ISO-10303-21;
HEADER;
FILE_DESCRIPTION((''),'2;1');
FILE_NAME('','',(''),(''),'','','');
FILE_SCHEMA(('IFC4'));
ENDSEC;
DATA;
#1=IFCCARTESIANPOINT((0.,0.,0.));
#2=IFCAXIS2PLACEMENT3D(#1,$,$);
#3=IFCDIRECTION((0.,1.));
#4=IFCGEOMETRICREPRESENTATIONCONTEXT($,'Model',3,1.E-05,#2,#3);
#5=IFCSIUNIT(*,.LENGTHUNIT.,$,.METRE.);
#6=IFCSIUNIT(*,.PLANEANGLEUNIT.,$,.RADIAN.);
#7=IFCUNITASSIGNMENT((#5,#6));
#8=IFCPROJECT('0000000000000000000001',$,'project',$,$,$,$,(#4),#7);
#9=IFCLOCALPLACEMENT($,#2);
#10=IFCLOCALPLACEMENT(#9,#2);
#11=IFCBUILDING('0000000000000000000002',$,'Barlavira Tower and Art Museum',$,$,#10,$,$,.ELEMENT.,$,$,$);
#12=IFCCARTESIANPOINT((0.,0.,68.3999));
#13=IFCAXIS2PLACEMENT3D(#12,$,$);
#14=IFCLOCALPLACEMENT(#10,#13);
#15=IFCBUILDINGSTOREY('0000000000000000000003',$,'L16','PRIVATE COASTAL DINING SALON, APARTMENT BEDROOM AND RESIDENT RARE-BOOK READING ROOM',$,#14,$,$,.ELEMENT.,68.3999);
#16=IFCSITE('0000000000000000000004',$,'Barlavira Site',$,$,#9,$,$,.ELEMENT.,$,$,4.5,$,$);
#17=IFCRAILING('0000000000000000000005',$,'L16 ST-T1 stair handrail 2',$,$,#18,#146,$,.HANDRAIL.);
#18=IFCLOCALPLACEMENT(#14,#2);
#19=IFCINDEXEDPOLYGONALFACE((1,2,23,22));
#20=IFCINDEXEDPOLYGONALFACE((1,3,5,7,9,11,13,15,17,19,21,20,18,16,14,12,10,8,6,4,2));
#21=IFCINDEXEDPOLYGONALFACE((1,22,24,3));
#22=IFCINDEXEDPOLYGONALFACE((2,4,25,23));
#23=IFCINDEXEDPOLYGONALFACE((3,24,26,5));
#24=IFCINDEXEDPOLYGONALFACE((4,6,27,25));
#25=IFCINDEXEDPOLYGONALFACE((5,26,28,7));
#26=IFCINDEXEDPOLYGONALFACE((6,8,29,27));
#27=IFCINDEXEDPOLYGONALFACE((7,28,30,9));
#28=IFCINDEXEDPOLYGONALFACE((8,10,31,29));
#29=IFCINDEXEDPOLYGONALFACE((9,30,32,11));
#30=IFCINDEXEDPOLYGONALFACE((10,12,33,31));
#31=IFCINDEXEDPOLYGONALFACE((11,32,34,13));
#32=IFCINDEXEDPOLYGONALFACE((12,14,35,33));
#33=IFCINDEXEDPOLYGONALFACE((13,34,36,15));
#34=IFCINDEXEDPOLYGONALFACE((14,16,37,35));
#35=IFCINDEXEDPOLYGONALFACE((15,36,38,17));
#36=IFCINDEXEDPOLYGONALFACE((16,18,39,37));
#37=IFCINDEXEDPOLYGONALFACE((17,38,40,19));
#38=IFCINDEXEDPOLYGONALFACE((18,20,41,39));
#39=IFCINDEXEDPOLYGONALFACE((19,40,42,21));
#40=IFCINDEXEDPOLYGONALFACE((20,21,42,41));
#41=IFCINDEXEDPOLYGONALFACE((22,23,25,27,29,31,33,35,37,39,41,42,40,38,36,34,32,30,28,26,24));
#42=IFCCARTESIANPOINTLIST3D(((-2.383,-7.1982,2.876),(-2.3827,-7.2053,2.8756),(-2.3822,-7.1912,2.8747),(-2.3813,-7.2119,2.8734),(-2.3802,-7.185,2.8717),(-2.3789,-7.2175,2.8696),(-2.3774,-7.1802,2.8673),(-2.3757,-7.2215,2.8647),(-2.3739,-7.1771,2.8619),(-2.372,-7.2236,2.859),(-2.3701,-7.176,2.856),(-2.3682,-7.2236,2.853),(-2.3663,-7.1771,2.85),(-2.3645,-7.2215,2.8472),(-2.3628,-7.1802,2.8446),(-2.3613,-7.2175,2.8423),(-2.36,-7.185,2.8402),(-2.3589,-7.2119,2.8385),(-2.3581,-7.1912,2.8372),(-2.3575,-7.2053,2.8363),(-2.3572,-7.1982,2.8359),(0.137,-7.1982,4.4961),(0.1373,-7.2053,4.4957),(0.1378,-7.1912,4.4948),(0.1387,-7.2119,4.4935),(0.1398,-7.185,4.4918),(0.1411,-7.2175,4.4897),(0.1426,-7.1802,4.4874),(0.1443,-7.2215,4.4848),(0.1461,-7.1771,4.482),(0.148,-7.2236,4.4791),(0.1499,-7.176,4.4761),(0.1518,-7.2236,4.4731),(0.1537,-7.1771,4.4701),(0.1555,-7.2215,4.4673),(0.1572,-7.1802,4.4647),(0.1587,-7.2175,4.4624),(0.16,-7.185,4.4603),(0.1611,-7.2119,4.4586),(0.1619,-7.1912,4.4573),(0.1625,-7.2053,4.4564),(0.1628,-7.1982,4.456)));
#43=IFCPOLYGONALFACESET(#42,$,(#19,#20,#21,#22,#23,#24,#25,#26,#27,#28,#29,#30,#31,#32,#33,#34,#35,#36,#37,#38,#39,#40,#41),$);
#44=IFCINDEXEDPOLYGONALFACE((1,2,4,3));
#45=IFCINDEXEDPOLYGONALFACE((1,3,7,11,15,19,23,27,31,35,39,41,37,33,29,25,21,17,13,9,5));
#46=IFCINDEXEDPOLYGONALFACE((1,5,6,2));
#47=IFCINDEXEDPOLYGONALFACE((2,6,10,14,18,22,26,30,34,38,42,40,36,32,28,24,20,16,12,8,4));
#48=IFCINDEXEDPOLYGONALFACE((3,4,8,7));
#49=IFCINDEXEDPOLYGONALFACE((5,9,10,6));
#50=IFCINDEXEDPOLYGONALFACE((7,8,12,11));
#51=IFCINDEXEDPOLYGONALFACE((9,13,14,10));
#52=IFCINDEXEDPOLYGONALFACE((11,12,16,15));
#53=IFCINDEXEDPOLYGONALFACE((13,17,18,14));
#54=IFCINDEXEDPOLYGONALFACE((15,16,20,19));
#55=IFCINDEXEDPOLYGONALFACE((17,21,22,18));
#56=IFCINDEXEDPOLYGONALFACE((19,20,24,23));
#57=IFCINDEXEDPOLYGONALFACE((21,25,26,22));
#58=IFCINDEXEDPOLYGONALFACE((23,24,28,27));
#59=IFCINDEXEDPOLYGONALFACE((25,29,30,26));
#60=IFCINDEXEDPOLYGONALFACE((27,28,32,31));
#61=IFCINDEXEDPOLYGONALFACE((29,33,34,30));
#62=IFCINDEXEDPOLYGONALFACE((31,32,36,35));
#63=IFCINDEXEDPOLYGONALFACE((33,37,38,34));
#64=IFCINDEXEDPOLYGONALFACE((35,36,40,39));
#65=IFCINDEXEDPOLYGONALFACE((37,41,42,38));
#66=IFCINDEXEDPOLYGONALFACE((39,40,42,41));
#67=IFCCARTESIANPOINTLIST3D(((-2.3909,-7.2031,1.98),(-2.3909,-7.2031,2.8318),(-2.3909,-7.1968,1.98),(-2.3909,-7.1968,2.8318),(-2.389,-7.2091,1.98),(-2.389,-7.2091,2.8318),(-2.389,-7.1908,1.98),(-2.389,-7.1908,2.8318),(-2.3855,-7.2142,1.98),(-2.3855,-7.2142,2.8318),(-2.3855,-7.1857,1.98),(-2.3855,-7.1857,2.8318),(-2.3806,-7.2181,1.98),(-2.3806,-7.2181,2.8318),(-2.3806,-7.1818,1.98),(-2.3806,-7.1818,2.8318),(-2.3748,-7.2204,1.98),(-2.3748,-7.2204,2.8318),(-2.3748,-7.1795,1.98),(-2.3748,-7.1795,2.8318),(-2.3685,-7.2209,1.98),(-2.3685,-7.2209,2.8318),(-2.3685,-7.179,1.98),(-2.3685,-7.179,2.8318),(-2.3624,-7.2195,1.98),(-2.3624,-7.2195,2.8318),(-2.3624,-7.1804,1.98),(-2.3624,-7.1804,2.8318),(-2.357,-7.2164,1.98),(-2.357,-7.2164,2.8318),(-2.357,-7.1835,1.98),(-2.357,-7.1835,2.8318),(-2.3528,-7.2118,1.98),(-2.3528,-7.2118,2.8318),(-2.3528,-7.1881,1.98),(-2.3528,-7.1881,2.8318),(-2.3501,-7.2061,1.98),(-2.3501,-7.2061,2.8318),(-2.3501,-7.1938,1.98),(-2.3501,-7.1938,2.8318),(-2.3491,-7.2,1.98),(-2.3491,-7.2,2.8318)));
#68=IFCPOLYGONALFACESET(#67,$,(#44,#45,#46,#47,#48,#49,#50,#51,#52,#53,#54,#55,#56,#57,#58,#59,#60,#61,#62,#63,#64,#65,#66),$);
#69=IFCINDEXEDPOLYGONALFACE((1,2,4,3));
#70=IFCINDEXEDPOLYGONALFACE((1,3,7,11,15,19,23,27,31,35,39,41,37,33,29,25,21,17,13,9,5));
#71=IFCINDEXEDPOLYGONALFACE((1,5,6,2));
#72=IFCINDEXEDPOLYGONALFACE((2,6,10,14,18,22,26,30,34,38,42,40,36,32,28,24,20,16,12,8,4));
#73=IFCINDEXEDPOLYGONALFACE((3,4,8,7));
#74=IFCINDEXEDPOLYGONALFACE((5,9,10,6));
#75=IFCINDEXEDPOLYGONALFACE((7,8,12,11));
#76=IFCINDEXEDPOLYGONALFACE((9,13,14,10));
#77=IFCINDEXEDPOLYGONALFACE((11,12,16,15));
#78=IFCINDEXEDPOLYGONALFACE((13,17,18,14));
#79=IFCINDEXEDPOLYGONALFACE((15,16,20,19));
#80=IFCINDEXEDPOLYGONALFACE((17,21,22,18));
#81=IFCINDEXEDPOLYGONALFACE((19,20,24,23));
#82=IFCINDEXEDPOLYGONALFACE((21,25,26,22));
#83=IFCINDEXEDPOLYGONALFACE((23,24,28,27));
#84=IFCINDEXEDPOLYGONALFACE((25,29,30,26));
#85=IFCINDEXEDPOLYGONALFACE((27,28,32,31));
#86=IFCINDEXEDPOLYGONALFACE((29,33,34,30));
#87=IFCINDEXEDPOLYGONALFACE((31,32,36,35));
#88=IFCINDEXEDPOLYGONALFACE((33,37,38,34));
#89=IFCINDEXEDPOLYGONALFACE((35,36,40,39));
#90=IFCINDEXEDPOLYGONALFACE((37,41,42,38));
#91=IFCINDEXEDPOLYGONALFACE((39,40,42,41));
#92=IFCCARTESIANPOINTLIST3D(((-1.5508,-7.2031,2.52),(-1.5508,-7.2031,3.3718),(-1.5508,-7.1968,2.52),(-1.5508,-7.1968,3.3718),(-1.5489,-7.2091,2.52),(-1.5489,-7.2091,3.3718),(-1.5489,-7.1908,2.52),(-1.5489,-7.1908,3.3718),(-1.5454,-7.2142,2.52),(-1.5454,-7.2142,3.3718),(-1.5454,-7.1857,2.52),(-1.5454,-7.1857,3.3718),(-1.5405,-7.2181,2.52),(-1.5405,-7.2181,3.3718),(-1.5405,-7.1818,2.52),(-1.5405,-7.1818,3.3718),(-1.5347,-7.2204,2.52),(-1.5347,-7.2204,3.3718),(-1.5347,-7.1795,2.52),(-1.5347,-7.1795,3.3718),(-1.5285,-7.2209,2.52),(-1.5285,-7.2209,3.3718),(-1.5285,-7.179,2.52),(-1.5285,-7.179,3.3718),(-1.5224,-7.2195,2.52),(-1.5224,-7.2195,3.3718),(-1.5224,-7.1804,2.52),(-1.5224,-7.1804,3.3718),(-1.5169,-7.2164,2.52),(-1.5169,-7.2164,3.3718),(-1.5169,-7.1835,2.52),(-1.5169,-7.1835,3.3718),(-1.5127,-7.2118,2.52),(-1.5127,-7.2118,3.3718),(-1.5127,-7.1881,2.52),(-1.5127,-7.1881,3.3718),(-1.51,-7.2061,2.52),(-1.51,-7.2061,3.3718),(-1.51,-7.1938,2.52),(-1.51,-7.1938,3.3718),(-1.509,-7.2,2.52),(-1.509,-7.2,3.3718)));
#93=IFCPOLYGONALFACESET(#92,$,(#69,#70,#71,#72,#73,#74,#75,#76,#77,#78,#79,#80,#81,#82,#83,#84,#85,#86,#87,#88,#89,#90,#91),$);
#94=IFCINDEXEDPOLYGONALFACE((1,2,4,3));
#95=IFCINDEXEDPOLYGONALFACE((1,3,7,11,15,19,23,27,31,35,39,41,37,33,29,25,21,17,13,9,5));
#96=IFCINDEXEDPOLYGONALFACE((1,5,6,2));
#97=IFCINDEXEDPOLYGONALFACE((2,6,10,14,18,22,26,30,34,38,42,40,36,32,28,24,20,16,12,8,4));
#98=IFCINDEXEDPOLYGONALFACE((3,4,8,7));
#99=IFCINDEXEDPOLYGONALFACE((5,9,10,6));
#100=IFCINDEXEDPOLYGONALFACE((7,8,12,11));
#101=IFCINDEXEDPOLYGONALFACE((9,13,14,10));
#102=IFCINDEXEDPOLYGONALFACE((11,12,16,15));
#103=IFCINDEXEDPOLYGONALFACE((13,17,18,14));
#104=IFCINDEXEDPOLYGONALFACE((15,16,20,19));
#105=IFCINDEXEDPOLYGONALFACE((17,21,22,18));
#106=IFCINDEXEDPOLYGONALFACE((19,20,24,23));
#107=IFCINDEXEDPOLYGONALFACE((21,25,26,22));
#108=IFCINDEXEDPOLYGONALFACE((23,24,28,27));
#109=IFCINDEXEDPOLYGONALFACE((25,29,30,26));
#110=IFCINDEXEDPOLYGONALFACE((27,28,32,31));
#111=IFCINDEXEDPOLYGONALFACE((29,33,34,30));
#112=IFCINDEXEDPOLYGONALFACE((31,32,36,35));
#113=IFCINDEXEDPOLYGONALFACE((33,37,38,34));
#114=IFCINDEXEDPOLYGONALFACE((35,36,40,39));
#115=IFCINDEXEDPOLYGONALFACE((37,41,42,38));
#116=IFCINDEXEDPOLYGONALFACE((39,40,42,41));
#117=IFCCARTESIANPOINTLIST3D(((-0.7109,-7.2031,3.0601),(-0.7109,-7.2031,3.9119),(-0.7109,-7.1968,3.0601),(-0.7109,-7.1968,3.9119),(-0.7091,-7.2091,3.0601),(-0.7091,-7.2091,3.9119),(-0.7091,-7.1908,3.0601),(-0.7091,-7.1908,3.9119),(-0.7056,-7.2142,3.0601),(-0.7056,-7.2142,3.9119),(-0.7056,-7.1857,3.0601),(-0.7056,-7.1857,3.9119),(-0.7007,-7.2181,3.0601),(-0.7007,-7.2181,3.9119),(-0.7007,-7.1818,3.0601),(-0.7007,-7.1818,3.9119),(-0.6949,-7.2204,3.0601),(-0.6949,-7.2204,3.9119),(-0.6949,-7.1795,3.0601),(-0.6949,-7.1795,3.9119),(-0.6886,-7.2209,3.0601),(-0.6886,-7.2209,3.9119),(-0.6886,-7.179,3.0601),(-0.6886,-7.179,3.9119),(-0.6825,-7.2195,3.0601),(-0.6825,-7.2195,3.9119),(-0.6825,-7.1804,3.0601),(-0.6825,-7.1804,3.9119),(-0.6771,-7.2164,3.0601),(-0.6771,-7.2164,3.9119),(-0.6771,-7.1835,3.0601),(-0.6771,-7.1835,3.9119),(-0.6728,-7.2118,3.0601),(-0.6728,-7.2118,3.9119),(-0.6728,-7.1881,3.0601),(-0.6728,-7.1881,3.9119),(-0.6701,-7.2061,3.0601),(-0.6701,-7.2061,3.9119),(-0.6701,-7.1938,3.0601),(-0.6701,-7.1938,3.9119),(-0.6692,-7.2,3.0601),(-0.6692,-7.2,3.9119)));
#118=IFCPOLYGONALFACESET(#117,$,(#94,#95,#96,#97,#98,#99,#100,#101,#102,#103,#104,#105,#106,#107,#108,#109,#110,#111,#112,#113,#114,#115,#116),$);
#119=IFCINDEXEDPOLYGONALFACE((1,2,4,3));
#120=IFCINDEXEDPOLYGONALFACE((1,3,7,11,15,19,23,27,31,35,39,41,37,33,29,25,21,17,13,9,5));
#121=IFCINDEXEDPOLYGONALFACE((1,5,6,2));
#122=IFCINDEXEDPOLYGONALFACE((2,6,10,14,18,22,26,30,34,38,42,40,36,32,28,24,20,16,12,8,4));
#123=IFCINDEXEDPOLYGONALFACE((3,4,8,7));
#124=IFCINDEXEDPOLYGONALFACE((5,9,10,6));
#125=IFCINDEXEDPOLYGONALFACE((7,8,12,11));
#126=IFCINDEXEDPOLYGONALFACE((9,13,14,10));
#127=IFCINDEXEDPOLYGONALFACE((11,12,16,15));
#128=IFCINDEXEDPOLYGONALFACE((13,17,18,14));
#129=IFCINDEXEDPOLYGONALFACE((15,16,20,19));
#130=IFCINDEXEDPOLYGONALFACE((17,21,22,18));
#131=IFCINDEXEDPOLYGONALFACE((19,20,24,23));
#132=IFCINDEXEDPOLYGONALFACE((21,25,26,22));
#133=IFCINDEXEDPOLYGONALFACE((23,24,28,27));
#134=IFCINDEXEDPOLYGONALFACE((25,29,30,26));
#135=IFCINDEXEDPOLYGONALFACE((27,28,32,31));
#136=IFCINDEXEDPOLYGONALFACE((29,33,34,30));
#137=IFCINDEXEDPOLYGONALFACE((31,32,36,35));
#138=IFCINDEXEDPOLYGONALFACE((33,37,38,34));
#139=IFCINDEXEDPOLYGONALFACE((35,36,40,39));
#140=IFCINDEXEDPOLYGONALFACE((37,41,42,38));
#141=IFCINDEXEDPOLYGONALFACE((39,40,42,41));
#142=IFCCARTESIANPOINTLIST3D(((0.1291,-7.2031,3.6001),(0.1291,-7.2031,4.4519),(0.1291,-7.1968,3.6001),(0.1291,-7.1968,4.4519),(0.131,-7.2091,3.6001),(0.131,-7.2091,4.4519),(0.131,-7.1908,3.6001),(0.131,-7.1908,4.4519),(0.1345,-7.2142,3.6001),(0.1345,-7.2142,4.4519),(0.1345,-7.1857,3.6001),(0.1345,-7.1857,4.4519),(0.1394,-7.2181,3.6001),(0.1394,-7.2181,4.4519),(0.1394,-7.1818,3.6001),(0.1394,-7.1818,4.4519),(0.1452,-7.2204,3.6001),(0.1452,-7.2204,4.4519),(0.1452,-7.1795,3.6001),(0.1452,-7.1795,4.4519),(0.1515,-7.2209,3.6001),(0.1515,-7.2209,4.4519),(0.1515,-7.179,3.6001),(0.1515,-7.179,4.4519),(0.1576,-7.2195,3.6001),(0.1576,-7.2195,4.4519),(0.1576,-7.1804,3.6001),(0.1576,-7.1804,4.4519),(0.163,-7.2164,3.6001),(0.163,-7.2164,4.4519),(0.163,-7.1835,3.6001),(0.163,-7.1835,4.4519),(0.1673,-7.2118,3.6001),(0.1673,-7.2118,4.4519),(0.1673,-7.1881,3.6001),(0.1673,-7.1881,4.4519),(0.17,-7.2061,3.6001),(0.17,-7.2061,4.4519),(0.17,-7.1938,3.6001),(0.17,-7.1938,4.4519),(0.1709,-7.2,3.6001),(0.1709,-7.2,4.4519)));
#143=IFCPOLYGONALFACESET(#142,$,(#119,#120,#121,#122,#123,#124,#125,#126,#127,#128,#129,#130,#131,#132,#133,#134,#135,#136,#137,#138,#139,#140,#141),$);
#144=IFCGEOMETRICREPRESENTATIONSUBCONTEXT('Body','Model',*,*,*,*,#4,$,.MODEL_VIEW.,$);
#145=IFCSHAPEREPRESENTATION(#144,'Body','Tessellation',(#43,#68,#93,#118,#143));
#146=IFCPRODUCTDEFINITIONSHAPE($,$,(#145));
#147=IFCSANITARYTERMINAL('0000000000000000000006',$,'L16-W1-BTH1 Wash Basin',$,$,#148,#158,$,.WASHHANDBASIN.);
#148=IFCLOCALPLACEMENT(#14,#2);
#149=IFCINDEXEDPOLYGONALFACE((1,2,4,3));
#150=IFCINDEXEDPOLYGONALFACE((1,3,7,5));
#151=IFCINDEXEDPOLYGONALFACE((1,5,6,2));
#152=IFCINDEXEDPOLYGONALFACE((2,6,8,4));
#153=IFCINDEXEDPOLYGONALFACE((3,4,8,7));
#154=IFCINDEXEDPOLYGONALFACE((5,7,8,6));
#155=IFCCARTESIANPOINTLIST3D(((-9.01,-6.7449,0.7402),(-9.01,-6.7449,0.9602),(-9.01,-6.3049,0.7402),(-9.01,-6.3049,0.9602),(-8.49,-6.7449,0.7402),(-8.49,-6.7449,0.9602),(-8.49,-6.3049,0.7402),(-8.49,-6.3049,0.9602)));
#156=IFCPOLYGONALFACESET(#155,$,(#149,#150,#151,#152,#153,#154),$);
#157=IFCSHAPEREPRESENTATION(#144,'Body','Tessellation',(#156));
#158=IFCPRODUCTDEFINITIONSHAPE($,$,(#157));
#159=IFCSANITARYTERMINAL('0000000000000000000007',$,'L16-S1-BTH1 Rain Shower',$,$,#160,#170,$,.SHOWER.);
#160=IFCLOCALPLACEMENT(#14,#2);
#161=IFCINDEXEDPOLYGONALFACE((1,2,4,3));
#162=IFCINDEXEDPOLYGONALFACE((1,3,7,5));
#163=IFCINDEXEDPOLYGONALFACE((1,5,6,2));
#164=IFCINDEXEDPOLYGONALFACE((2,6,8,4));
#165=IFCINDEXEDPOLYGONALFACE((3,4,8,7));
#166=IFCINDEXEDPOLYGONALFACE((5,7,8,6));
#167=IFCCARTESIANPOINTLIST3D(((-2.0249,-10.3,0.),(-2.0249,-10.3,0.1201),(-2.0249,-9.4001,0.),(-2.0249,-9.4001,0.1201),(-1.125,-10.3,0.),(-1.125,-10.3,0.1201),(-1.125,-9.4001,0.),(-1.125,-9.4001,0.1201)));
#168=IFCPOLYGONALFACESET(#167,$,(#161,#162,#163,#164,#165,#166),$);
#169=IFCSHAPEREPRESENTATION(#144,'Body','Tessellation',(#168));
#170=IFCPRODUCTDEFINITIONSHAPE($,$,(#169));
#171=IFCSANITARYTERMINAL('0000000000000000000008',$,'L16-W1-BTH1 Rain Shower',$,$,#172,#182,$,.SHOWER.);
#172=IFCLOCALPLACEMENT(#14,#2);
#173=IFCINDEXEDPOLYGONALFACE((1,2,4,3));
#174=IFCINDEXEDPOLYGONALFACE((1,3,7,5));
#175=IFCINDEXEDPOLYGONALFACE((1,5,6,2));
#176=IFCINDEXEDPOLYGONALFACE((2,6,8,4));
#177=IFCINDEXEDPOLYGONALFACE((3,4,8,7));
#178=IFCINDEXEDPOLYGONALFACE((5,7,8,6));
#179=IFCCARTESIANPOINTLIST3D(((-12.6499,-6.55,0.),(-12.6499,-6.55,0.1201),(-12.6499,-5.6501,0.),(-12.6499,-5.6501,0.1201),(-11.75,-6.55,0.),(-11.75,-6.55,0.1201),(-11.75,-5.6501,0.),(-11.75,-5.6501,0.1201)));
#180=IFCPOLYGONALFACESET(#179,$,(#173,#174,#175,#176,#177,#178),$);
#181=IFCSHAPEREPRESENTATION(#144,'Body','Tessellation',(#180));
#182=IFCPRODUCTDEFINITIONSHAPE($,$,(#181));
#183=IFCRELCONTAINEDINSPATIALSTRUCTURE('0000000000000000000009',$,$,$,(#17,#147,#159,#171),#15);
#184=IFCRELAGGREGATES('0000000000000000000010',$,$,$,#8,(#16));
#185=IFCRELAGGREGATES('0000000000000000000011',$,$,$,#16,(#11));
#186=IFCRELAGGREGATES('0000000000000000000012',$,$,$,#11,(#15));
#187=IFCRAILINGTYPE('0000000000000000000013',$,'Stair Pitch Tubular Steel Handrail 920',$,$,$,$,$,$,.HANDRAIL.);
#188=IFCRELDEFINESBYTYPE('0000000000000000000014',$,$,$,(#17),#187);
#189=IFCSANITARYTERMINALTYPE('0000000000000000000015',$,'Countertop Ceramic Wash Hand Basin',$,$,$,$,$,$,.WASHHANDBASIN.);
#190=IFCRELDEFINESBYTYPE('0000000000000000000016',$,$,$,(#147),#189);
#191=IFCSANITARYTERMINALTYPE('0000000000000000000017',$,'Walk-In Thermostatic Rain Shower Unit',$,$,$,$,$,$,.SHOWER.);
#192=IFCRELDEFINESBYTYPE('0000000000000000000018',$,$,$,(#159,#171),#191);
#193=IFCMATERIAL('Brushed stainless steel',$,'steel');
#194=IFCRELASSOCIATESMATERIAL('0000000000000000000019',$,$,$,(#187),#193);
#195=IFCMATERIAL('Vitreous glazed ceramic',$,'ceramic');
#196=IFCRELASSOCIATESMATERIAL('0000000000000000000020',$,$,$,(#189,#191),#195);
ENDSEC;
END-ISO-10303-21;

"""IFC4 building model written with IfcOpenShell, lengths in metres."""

from ifc_helpers import new_model, si_unit, direction, frame, origin, origin_2d, place, context, subcontext, project, spatial, rectangle, circle, extrude, material, type_object, element, save


model = new_model("IFC4")

# Units and contexts
model_context = context("Model", 3, precision=1e-05, world=origin(), true_north=direction((0.0, 1.0)))
body_context = subcontext(model_context, "Body", "Model", "MODEL_VIEW")
ifc_project = project(units=[si_unit("LENGTHUNIT", "METRE"), si_unit("PLANEANGLEUNIT", "RADIAN")], contexts=[model_context])

# Site, building, storey
site_placement = place(None, origin())
site = spatial("IfcSite", under=ifc_project, at=site_placement, Name="Barlavira Site", CompositionType="ELEMENT", RefElevation=4.5)
building_placement = place(site_placement, origin())
building = spatial("IfcBuilding", under=site, at=building_placement, Name="Barlavira Tower and Art Museum", CompositionType="ELEMENT")
storey_placement = place(building_placement, frame((0.0, 0.0, 68.3999)))
storey = spatial("IfcBuildingStorey", under=building, at=storey_placement, Name="L16", Description="PRIVATE COASTAL DINING SALON, APARTMENT BEDROOM AND RESIDENT RARE-BOOK READING ROOM", CompositionType="ELEMENT", Elevation=68.3999)

# Shared definitions
ifc_material_1 = material(Name="Brushed stainless steel", Category="steel")

# Railing
railing_type_1 = type_object("IfcRailingType", Name="Stair Pitch Tubular Steel Handrail 920", PredefinedType="HANDRAIL", material=ifc_material_1)
railing_1_placement = place(storey_placement, frame((-2.3701, -7.2, 1.98)))
element("IfcRailing", 1, at=railing_1_placement, inside=storey, type_object=railing_type_1, Name="L16 ST-T1 stair handrail 2", PredefinedType="HANDRAIL", context=body_context, shape_type="SweptSolid", body=[
    extrude(circle(Radius=0.0239, at=origin_2d()), frame((0.0, 0.0, 0.876), z_axis=(0.841163, 0.0, 0.540782), x_axis=(0.0, 1.0, 0.0)), (0.0, 0.0, 1.0), 2.9958),
    extrude(circle(Radius=0.021, at=origin_2d()), origin(), (0.0, 0.0, 1.0), 0.8518),
    extrude(circle(Radius=0.021, at=origin_2d()), frame((0.8401, 0.0, 0.54)), (0.0, 0.0, 1.0), 0.8518),
    extrude(circle(Radius=0.021, at=origin_2d()), frame((1.6799, 0.0, 1.0801)), (0.0, 0.0, 1.0), 0.8518),
    extrude(circle(Radius=0.021, at=origin_2d()), frame((2.52, 0.0, 1.6201)), (0.0, 0.0, 1.0), 0.8518),
])

# Sanitary terminals
ifc_material_2 = material(Name="Vitreous glazed ceramic", Category="ceramic")
sanitary_terminal_type_1 = type_object("IfcSanitaryTerminalType", Name="Countertop Ceramic Wash Hand Basin", PredefinedType="WASHHANDBASIN", material=ifc_material_2)
sanitary_terminal_placement = place(storey_placement, frame((-8.75, -6.5249, 0.7402), z_axis=(0.0, 0.0, 1.0), x_axis=(1.0, 0.0, 0.0)))
element("IfcSanitaryTerminal", 2, at=sanitary_terminal_placement, inside=storey, type_object=sanitary_terminal_type_1, Name="L16-W1-BTH1 Wash Basin", PredefinedType="WASHHANDBASIN", context=body_context, shape_type="SweptSolid", body=[
    extrude(rectangle(XDim=0.52, YDim=0.4399, at=origin_2d()), origin(), (0.0, 0.0, 1.0), 0.22),
])
sanitary_terminal_type_2 = type_object("IfcSanitaryTerminalType", Name="Walk-In Thermostatic Rain Shower Unit", PredefinedType="SHOWER", material=ifc_material_2)
for number, where, z_axis, x_axis, name in (
    (3, (-1.575, -9.8501, 0.0), (0.0, 0.0, 1.0), (1.0, 0.0, 0.0), "L16-S1-BTH1 Rain Shower"),
    (4, (-12.2, -6.1001, 0.0), (0.0, 0.0, 1.0), (1.0, 0.0, 0.0), "L16-W1-BTH1 Rain Shower"),
):
    element("IfcSanitaryTerminal", number, at=place(storey_placement, frame(where, z_axis=z_axis, x_axis=x_axis)), inside=storey, type_object=sanitary_terminal_type_2, Name=name, PredefinedType="SHOWER", context=body_context, shape_type="SweptSolid", body=[
        extrude(rectangle(XDim=0.8999, YDim=0.8999, at=origin_2d()), origin(), (0.0, 0.0, 1.0), 0.1201),
    ])

save(model, "model.ifc")
